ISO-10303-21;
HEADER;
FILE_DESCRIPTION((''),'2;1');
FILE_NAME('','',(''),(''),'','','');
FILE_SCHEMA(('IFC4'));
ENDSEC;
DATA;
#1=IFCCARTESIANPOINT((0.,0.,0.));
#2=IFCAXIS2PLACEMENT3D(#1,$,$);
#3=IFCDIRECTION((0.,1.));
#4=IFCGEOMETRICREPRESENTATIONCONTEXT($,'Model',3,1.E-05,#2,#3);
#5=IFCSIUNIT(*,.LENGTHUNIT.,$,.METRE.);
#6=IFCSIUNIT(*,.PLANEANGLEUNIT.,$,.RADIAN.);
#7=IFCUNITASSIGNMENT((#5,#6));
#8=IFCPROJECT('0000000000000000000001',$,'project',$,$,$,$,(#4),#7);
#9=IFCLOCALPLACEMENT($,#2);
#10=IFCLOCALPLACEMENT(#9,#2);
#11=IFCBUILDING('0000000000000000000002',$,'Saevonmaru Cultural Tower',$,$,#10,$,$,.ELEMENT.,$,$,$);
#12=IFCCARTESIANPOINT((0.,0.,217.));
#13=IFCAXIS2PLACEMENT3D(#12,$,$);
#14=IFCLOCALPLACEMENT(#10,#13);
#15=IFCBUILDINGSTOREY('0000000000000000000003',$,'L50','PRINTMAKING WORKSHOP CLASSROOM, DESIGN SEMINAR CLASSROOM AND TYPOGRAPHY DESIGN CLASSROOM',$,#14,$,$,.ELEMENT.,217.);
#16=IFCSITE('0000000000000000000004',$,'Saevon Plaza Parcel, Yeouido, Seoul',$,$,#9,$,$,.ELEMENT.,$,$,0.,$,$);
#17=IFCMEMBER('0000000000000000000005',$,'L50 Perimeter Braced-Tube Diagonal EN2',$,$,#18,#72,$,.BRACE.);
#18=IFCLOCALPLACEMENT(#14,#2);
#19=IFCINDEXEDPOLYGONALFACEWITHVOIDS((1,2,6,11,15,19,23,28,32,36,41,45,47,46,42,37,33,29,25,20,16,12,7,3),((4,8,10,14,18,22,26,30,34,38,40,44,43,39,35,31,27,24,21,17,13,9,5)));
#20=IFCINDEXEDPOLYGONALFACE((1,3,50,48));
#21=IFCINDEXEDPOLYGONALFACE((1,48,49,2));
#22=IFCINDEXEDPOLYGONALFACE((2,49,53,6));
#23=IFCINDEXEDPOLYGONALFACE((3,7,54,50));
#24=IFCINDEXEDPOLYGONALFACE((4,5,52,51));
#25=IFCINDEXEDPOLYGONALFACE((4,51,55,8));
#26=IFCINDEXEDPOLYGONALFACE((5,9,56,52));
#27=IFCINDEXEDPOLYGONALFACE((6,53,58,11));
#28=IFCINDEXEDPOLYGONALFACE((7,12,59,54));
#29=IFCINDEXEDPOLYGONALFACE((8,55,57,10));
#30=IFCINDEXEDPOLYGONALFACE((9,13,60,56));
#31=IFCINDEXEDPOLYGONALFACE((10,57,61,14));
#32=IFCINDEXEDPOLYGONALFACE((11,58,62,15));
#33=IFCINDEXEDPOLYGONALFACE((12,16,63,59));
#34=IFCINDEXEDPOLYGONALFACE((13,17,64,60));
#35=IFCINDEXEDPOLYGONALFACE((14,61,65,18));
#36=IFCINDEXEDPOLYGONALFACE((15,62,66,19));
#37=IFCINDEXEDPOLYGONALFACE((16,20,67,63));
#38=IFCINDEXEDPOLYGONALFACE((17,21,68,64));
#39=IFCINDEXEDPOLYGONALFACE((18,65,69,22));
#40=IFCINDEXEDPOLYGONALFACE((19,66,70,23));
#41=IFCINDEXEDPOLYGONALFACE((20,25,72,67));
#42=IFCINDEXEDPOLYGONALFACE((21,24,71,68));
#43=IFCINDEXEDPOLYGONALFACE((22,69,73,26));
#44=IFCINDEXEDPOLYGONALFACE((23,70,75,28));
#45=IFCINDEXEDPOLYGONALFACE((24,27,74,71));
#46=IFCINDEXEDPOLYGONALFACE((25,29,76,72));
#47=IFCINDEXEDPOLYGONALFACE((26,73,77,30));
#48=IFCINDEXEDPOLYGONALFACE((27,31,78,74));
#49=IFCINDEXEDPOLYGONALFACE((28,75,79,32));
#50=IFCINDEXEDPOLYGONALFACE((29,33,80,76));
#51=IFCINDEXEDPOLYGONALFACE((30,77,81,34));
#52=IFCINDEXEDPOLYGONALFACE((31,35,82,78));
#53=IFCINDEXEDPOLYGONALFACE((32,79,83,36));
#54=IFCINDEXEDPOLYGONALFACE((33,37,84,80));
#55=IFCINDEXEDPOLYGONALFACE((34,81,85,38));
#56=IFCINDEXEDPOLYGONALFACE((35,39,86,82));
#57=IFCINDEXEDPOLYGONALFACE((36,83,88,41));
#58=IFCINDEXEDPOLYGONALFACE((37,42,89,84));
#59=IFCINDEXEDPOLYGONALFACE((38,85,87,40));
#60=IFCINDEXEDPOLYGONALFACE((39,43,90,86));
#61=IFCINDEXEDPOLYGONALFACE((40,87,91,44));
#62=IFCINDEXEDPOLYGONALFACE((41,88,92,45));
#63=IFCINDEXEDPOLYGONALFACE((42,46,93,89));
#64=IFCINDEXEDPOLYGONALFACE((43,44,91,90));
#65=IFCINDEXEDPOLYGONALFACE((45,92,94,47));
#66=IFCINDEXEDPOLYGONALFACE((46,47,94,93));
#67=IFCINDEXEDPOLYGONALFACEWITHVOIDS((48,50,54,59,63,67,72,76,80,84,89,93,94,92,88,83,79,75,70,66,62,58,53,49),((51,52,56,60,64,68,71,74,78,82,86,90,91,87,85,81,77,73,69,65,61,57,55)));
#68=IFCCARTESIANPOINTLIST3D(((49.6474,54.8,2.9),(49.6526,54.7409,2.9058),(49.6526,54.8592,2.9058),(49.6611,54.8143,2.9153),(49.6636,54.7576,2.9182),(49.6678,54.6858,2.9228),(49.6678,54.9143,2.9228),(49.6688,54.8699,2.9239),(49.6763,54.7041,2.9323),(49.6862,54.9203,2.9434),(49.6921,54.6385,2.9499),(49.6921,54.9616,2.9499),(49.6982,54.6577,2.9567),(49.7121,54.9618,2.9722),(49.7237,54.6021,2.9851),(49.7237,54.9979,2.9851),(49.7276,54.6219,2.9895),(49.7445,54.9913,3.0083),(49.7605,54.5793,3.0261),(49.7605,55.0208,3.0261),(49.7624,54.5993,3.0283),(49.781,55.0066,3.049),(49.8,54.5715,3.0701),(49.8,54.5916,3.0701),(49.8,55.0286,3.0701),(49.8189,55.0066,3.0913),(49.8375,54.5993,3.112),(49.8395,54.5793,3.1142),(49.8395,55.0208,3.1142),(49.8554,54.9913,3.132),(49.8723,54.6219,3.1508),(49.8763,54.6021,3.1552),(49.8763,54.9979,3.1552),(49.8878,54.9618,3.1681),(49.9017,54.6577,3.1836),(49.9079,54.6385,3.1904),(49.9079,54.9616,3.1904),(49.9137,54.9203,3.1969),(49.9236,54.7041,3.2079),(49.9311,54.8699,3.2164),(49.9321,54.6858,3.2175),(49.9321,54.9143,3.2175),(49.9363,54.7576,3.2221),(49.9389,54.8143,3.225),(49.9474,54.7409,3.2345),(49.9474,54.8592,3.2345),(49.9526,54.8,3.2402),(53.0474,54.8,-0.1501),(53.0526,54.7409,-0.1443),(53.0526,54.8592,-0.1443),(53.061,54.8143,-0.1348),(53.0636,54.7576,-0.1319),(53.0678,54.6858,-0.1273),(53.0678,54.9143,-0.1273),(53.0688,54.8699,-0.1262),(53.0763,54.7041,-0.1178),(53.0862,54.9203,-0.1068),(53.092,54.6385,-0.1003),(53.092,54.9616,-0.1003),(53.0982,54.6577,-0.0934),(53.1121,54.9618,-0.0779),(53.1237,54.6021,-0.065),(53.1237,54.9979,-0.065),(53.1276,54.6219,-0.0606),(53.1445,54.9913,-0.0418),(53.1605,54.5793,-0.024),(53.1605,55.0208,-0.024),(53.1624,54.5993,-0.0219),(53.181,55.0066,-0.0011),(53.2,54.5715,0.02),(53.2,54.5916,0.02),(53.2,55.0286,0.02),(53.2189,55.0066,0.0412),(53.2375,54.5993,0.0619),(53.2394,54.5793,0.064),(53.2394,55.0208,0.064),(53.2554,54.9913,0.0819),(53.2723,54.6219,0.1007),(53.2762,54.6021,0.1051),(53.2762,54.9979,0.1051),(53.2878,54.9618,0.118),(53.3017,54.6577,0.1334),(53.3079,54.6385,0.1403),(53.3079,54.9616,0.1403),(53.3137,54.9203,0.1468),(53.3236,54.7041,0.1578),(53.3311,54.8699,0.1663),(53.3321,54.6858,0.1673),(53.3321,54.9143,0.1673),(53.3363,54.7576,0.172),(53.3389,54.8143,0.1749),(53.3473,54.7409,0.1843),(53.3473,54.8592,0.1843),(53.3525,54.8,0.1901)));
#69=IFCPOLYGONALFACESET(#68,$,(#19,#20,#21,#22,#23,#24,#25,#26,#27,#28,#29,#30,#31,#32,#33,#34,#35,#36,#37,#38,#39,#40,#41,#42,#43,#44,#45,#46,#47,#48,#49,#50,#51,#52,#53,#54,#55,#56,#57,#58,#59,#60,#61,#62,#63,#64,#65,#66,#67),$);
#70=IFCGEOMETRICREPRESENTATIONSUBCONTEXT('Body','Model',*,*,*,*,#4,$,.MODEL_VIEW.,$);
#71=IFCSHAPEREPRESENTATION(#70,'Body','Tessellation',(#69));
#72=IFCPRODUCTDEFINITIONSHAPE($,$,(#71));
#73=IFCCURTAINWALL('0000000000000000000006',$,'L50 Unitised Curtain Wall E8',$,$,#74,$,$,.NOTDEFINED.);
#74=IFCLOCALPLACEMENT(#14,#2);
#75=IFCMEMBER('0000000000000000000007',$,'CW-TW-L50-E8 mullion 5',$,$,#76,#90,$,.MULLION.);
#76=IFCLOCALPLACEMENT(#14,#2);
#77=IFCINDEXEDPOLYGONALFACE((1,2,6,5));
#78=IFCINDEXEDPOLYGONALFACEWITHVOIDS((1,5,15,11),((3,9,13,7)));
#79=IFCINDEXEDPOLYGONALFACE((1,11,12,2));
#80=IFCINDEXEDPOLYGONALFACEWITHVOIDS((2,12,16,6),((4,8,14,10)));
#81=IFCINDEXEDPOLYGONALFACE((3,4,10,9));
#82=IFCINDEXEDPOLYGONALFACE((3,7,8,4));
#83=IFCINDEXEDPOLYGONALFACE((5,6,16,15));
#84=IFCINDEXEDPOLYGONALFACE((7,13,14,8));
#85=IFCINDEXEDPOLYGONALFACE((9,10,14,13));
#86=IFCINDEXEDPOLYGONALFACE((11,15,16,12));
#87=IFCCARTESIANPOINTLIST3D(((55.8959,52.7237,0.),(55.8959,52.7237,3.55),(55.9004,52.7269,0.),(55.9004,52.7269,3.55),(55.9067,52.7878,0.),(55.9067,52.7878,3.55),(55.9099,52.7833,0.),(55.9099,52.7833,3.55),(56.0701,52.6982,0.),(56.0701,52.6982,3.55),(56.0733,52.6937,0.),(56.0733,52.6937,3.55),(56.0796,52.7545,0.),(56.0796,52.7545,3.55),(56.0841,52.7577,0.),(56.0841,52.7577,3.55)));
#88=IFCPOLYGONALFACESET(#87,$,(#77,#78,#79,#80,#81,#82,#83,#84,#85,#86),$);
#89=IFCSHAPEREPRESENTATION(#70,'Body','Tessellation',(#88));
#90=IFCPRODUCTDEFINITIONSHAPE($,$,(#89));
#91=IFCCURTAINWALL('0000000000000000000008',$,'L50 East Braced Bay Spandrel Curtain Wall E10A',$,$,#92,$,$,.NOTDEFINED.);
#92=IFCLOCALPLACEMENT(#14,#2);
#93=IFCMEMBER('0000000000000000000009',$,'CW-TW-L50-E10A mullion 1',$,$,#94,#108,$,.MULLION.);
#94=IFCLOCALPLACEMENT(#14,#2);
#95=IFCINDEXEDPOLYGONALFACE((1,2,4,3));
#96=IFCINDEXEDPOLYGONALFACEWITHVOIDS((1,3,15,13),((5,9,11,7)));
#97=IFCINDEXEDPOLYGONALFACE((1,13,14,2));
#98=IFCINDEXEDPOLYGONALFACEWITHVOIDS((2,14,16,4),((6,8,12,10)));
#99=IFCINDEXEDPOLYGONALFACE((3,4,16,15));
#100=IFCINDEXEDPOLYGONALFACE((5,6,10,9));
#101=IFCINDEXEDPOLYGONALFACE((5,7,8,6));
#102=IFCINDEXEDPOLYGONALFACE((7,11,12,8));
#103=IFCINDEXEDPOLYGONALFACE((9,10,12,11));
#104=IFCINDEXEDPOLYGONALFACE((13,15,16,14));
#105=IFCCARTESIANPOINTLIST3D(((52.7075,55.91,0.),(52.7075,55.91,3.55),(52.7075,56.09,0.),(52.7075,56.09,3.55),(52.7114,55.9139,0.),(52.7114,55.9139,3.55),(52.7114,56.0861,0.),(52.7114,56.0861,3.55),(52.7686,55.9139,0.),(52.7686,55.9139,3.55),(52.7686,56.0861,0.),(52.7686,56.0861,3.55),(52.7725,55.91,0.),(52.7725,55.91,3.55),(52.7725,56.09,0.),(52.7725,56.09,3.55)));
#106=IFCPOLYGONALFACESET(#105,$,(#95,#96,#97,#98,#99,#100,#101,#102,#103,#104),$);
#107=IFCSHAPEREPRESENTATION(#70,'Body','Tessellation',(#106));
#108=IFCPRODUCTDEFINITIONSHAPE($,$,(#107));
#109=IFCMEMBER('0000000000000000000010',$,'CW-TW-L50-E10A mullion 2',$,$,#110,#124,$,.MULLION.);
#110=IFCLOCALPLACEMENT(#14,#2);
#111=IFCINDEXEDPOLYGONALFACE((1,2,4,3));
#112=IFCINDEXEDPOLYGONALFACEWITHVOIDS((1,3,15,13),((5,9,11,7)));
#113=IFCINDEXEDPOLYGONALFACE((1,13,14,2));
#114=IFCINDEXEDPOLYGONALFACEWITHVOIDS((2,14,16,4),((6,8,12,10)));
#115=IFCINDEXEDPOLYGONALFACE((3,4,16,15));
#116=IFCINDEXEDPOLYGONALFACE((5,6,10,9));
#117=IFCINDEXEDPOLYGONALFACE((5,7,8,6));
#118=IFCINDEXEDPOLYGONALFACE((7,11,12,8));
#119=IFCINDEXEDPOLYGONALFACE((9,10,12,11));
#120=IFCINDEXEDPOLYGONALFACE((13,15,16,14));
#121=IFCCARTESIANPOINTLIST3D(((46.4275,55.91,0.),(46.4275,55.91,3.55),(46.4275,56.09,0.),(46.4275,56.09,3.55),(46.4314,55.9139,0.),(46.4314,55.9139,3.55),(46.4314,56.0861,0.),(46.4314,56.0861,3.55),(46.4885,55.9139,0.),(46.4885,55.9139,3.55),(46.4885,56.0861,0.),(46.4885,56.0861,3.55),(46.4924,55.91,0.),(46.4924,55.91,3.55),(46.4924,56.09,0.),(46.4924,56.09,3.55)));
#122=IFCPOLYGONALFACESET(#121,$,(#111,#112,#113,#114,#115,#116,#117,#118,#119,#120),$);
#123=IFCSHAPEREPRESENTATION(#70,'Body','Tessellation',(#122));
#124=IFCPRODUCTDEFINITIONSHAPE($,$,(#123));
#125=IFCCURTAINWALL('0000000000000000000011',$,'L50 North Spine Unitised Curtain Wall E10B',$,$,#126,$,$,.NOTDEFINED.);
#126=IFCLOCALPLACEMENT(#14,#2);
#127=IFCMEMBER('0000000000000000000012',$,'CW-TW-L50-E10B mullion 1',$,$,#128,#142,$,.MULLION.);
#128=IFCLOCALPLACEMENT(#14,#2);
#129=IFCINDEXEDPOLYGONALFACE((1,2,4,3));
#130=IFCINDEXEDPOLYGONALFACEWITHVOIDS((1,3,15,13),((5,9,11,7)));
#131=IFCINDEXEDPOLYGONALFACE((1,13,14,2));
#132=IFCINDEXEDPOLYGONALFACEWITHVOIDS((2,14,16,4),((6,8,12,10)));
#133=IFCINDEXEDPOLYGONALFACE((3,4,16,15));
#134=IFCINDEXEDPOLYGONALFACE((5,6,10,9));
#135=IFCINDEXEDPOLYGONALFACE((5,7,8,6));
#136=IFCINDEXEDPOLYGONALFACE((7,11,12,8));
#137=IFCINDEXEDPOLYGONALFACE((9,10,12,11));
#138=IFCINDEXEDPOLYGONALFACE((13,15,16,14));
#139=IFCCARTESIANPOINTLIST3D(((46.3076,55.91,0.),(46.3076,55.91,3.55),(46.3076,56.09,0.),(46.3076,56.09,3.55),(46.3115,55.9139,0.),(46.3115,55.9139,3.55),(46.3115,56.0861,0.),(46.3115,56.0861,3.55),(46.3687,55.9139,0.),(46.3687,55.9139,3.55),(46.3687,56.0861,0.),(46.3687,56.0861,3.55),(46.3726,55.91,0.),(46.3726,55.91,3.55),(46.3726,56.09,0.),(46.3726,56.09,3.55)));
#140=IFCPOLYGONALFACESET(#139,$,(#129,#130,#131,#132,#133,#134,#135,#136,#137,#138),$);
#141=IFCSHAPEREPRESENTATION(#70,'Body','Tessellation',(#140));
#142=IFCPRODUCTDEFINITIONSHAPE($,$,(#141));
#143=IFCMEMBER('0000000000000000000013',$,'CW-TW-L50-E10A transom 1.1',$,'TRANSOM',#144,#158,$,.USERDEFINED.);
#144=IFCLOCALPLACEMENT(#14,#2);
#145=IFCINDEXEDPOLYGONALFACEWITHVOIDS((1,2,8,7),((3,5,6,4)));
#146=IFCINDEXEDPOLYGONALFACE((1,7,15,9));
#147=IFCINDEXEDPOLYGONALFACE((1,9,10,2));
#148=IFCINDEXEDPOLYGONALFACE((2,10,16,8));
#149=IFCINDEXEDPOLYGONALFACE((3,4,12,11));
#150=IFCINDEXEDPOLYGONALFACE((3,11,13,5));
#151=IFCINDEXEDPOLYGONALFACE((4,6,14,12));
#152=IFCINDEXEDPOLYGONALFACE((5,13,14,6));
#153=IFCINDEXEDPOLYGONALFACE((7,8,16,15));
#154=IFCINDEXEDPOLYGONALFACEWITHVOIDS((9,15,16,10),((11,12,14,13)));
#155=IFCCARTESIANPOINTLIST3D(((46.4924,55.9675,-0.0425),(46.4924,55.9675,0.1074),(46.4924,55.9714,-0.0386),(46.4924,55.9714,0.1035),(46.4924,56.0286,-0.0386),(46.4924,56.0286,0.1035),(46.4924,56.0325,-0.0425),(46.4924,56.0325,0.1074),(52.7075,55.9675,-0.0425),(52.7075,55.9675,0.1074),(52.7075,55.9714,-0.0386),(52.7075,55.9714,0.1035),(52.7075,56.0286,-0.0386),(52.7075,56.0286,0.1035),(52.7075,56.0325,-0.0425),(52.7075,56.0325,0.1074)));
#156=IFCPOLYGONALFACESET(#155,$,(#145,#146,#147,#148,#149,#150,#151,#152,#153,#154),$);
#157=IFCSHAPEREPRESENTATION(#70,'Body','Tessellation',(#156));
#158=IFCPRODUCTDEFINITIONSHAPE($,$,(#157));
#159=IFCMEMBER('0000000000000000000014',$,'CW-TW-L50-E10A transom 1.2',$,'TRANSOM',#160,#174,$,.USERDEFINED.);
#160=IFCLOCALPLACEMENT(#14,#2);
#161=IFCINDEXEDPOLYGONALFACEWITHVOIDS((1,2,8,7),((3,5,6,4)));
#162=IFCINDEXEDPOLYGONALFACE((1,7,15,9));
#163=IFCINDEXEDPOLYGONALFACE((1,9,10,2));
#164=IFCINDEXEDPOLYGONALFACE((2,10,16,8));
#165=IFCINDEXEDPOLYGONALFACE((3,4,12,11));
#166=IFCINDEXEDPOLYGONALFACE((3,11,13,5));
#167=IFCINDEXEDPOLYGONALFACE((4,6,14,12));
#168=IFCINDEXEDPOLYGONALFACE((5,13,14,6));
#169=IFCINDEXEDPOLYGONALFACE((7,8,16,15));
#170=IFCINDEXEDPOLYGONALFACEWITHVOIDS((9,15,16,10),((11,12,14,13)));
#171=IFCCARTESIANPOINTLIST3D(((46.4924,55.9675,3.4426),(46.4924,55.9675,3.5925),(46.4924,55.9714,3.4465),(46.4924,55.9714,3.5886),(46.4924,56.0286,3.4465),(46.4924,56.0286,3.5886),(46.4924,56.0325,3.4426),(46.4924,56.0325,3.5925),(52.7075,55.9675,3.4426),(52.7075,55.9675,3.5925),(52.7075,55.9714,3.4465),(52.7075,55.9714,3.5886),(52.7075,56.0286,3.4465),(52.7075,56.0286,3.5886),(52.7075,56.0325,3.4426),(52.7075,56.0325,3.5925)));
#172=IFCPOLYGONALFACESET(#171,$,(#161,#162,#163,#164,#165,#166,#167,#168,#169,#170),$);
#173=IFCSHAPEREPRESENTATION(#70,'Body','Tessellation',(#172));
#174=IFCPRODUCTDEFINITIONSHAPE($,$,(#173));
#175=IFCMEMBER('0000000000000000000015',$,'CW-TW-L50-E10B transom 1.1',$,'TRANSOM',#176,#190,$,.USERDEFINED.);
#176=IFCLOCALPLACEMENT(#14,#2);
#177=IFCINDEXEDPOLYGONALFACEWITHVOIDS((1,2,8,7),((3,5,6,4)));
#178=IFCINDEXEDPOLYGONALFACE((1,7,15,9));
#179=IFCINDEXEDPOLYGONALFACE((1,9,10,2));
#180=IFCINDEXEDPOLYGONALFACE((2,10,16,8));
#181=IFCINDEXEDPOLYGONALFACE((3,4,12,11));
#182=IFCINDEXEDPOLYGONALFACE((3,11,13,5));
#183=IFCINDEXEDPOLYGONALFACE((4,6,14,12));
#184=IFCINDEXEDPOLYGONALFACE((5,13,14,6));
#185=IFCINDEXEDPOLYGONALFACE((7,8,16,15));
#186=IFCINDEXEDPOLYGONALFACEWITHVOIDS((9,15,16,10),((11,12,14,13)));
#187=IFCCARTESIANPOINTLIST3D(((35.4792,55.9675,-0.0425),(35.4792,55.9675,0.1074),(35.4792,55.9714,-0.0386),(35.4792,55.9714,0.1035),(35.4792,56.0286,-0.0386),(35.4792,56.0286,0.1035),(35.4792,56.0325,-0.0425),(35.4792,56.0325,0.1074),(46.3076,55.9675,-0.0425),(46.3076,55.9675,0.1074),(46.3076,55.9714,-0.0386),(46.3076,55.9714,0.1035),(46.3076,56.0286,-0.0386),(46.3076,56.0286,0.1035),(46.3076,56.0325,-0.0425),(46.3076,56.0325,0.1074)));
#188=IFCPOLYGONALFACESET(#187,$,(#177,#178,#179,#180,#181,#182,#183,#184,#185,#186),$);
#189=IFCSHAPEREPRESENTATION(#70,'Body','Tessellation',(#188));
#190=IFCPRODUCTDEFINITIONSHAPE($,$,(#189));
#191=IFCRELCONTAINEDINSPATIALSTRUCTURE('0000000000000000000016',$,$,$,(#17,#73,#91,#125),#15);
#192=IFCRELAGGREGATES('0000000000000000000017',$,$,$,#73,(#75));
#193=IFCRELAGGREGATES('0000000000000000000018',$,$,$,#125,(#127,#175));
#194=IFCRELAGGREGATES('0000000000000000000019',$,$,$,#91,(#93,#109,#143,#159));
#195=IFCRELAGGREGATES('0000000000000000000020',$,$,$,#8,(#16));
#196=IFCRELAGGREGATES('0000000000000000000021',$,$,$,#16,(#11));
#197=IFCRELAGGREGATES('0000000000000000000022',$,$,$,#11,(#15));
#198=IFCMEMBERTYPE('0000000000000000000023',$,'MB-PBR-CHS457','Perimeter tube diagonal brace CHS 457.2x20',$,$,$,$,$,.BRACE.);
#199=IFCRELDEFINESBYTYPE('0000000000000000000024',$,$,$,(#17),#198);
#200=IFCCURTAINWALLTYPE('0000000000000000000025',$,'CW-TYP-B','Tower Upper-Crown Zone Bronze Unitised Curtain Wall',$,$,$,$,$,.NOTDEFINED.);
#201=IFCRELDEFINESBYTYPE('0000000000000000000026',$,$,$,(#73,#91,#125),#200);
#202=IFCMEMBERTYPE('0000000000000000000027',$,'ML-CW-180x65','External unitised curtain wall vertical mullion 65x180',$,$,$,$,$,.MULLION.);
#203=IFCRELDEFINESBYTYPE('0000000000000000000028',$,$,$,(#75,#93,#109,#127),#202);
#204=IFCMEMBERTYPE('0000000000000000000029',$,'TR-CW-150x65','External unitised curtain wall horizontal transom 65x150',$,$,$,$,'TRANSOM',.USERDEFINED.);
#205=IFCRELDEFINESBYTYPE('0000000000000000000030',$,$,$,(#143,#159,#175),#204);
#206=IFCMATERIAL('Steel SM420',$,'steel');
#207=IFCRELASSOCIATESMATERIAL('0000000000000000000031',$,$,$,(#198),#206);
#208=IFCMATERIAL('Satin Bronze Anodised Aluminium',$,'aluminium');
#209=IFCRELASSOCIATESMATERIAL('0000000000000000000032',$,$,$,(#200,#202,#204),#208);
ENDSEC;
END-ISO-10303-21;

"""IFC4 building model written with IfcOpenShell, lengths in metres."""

from ifc_helpers import new_model, si_unit, direction, frame, origin, origin_2d, place, context, subcontext, project, spatial, hollow_rectangle, hollow_circle, extrude, material, material_profile, profile_set, type_object, element, aggregate, save


model = new_model("IFC4")

# Units and contexts
model_context = context("Model", 3, precision=1e-05, world=origin(), true_north=direction((0.0, 1.0)))
body_context = subcontext(model_context, "Body", "Model", "MODEL_VIEW")
ifc_project = project(units=[si_unit("LENGTHUNIT", "METRE"), si_unit("PLANEANGLEUNIT", "RADIAN")], contexts=[model_context])

# Site, building, storey
site_placement = place(None, origin())
site = spatial("IfcSite", under=ifc_project, at=site_placement, Name="Saevon Plaza Parcel, Yeouido, Seoul", CompositionType="ELEMENT", RefElevation=0.0)
building_placement = place(site_placement, origin())
building = spatial("IfcBuilding", under=site, at=building_placement, Name="Saevonmaru Cultural Tower", CompositionType="ELEMENT")
storey_placement = place(building_placement, frame((0.0, 0.0, 217.0)))
storey = spatial("IfcBuildingStorey", under=building, at=storey_placement, Name="L50", Description="PRINTMAKING WORKSHOP CLASSROOM, DESIGN SEMINAR CLASSROOM AND TYPOGRAPHY DESIGN CLASSROOM", CompositionType="ELEMENT", Elevation=217.0)

# Shared definitions
ifc_material_1 = material(Name="Steel SM420", Category="steel")

# Member
ifc_material_profile_1 = material_profile(ifc_material_1, hollow_circle(Radius=0.2285, WallThickness=0.02, at=origin_2d()), Name="CHS-457.2x20")
ifc_profile_set_1 = profile_set([ifc_material_profile_1], Name="Steel SM420")
member_type_1 = type_object("IfcMemberType", Name="MB-PBR-CHS457", Description="Perimeter tube diagonal brace CHS 457.2x20", PredefinedType="BRACE", material=ifc_profile_set_1)
for number, where, z_axis, x_axis, name in (
    (1, (53.2, 54.8, 0.02), (-0.744367, 0.0, 0.667771), (0.0, -1.0, 0.0), "L50 Perimeter Braced-Tube Diagonal EN2"),
):
    element("IfcMember", number, at=place(storey_placement, frame(where, z_axis=z_axis, x_axis=x_axis)), inside=storey, type_object=member_type_1, Name=name, PredefinedType="BRACE", context=body_context, shape_type="SweptSolid", body=[
        extrude(hollow_circle(Radius=0.2285, WallThickness=0.02, at=origin_2d()), origin(), (0.0, 0.0, 1.0), 4.5676),
    ])

# Curtain wall, member
ifc_material_2 = material(Name="Satin Bronze Anodised Aluminium", Category="aluminium")
curtain_wall_type = type_object("IfcCurtainWallType", Name="CW-TYP-B", Description="Tower Upper-Crown Zone Bronze Unitised Curtain Wall", PredefinedType="NOTDEFINED", material=ifc_material_2)
curtain_wall_1_placement = place(storey_placement, origin())
curtain_wall_1 = element("IfcCurtainWall", 2, at=curtain_wall_1_placement, inside=storey, type_object=curtain_wall_type, Name="L50 Unitised Curtain Wall E8", PredefinedType="NOTDEFINED")
ifc_material_profile_2 = material_profile(ifc_material_2, hollow_rectangle(XDim=0.0649, YDim=0.1799, WallThickness=0.0039, at=origin_2d()), Name="ALU-MULL-180x65x4")
ifc_profile_set_2 = profile_set([ifc_material_profile_2], Name="Satin Bronze Anodised Aluminium")
member_type_2 = type_object("IfcMemberType", Name="ML-CW-180x65", Description="External unitised curtain wall vertical mullion 65x180", PredefinedType="MULLION", material=ifc_profile_set_2)
member_1_placement = place(storey_placement, frame((55.99, 52.7407, 0.0), z_axis=(0.0, 0.0, 1.0), x_axis=(0.166922, 0.98597, 0.0)))
member_1 = element("IfcMember", 3, at=member_1_placement, type_object=member_type_2, Name="CW-TW-L50-E8 mullion 5", PredefinedType="MULLION", context=body_context, shape_type="SweptSolid", body=[
    extrude(hollow_rectangle(XDim=0.0649, YDim=0.1799, WallThickness=0.0039, at=origin_2d()), origin(), (0.0, 0.0, 1.0), 3.55),
])
aggregate(curtain_wall_1, [member_1])

# Curtain wall, members
curtain_wall_2_placement = place(storey_placement, origin())
curtain_wall_2 = element("IfcCurtainWall", 4, at=curtain_wall_2_placement, inside=storey, type_object=curtain_wall_type, Name="L50 East Braced Bay Spandrel Curtain Wall E10A", PredefinedType="NOTDEFINED")
member_2_placement = place(storey_placement, frame((52.74, 56.0, 0.0), z_axis=(0.0, 0.0, 1.0), x_axis=(-1.0, 0.0, 0.0)))
member_2 = element("IfcMember", 5, at=member_2_placement, type_object=member_type_2, Name="CW-TW-L50-E10A mullion 1", PredefinedType="MULLION", context=body_context, shape_type="SweptSolid", body=[
    extrude(hollow_rectangle(XDim=0.0649, YDim=0.1799, WallThickness=0.0039, at=origin_2d()), origin(), (0.0, 0.0, 1.0), 3.55),
])
member_3_placement = place(storey_placement, frame((46.46, 56.0, 0.0), z_axis=(0.0, 0.0, 1.0), x_axis=(-1.0, 0.0, 0.0)))
member_3 = element("IfcMember", 6, at=member_3_placement, type_object=member_type_2, Name="CW-TW-L50-E10A mullion 2", PredefinedType="MULLION", context=body_context, shape_type="SweptSolid", body=[
    extrude(hollow_rectangle(XDim=0.0649, YDim=0.1799, WallThickness=0.0039, at=origin_2d()), origin(), (0.0, 0.0, 1.0), 3.55),
])

# Curtain wall, member
curtain_wall_3_placement = place(storey_placement, origin())
curtain_wall_3 = element("IfcCurtainWall", 7, at=curtain_wall_3_placement, inside=storey, type_object=curtain_wall_type, Name="L50 North Spine Unitised Curtain Wall E10B", PredefinedType="NOTDEFINED")
member_4_placement = place(storey_placement, frame((46.3401, 56.0, 0.0), z_axis=(0.0, 0.0, 1.0), x_axis=(-1.0, 0.0, 0.0)))
member_4 = element("IfcMember", 8, at=member_4_placement, type_object=member_type_2, Name="CW-TW-L50-E10B mullion 1", PredefinedType="MULLION", context=body_context, shape_type="SweptSolid", body=[
    extrude(hollow_rectangle(XDim=0.0649, YDim=0.1799, WallThickness=0.0039, at=origin_2d()), origin(), (0.0, 0.0, 1.0), 3.55),
])

# Members
ifc_material_profile_3 = material_profile(ifc_material_2, hollow_rectangle(XDim=0.0649, YDim=0.1499, WallThickness=0.0039, at=origin_2d()), Name="ALU-TRAN-150x65x4")
ifc_profile_set_3 = profile_set([ifc_material_profile_3], Name="Satin Bronze Anodised Aluminium")
member_type_3 = type_object("IfcMemberType", Name="TR-CW-150x65", Description="External unitised curtain wall horizontal transom 65x150", ElementType="TRANSOM", PredefinedType="USERDEFINED", material=ifc_profile_set_3)
member_5_placement = place(storey_placement, frame((52.7075, 56.0, 0.0325), z_axis=(-1.0, 0.0, 0.0), x_axis=(0.0, -1.0, 0.0)))
member_5 = element("IfcMember", 9, at=member_5_placement, type_object=member_type_3, Name="CW-TW-L50-E10A transom 1.1", ObjectType="TRANSOM", PredefinedType="USERDEFINED", context=body_context, shape_type="SweptSolid", body=[
    extrude(hollow_rectangle(XDim=0.0649, YDim=0.1499, WallThickness=0.0039, at=origin_2d()), origin(), (0.0, 0.0, 1.0), 6.2151),
])
member_6_placement = place(storey_placement, frame((52.7075, 56.0, 3.5176), z_axis=(-1.0, 0.0, 0.0), x_axis=(0.0, -1.0, 0.0)))
member_6 = element("IfcMember", 10, at=member_6_placement, type_object=member_type_3, Name="CW-TW-L50-E10A transom 1.2", ObjectType="TRANSOM", PredefinedType="USERDEFINED", context=body_context, shape_type="SweptSolid", body=[
    extrude(hollow_rectangle(XDim=0.0649, YDim=0.1499, WallThickness=0.0039, at=origin_2d()), origin(), (0.0, 0.0, 1.0), 6.2151),
])
member_7_placement = place(storey_placement, frame((46.3076, 56.0, 0.0325), z_axis=(-1.0, 0.0, 0.0), x_axis=(0.0, -1.0, 0.0)))
member_7 = element("IfcMember", 11, at=member_7_placement, type_object=member_type_3, Name="CW-TW-L50-E10B transom 1.1", ObjectType="TRANSOM", PredefinedType="USERDEFINED", context=body_context, shape_type="SweptSolid", body=[
    extrude(hollow_rectangle(XDim=0.0649, YDim=0.1499, WallThickness=0.0039, at=origin_2d()), origin(), (0.0, 0.0, 1.0), 10.8284),
])
aggregate(curtain_wall_3, [member_4, member_7])

aggregate(curtain_wall_2, [member_2, member_3, member_5, member_6])

save(model, "model.ifc")
